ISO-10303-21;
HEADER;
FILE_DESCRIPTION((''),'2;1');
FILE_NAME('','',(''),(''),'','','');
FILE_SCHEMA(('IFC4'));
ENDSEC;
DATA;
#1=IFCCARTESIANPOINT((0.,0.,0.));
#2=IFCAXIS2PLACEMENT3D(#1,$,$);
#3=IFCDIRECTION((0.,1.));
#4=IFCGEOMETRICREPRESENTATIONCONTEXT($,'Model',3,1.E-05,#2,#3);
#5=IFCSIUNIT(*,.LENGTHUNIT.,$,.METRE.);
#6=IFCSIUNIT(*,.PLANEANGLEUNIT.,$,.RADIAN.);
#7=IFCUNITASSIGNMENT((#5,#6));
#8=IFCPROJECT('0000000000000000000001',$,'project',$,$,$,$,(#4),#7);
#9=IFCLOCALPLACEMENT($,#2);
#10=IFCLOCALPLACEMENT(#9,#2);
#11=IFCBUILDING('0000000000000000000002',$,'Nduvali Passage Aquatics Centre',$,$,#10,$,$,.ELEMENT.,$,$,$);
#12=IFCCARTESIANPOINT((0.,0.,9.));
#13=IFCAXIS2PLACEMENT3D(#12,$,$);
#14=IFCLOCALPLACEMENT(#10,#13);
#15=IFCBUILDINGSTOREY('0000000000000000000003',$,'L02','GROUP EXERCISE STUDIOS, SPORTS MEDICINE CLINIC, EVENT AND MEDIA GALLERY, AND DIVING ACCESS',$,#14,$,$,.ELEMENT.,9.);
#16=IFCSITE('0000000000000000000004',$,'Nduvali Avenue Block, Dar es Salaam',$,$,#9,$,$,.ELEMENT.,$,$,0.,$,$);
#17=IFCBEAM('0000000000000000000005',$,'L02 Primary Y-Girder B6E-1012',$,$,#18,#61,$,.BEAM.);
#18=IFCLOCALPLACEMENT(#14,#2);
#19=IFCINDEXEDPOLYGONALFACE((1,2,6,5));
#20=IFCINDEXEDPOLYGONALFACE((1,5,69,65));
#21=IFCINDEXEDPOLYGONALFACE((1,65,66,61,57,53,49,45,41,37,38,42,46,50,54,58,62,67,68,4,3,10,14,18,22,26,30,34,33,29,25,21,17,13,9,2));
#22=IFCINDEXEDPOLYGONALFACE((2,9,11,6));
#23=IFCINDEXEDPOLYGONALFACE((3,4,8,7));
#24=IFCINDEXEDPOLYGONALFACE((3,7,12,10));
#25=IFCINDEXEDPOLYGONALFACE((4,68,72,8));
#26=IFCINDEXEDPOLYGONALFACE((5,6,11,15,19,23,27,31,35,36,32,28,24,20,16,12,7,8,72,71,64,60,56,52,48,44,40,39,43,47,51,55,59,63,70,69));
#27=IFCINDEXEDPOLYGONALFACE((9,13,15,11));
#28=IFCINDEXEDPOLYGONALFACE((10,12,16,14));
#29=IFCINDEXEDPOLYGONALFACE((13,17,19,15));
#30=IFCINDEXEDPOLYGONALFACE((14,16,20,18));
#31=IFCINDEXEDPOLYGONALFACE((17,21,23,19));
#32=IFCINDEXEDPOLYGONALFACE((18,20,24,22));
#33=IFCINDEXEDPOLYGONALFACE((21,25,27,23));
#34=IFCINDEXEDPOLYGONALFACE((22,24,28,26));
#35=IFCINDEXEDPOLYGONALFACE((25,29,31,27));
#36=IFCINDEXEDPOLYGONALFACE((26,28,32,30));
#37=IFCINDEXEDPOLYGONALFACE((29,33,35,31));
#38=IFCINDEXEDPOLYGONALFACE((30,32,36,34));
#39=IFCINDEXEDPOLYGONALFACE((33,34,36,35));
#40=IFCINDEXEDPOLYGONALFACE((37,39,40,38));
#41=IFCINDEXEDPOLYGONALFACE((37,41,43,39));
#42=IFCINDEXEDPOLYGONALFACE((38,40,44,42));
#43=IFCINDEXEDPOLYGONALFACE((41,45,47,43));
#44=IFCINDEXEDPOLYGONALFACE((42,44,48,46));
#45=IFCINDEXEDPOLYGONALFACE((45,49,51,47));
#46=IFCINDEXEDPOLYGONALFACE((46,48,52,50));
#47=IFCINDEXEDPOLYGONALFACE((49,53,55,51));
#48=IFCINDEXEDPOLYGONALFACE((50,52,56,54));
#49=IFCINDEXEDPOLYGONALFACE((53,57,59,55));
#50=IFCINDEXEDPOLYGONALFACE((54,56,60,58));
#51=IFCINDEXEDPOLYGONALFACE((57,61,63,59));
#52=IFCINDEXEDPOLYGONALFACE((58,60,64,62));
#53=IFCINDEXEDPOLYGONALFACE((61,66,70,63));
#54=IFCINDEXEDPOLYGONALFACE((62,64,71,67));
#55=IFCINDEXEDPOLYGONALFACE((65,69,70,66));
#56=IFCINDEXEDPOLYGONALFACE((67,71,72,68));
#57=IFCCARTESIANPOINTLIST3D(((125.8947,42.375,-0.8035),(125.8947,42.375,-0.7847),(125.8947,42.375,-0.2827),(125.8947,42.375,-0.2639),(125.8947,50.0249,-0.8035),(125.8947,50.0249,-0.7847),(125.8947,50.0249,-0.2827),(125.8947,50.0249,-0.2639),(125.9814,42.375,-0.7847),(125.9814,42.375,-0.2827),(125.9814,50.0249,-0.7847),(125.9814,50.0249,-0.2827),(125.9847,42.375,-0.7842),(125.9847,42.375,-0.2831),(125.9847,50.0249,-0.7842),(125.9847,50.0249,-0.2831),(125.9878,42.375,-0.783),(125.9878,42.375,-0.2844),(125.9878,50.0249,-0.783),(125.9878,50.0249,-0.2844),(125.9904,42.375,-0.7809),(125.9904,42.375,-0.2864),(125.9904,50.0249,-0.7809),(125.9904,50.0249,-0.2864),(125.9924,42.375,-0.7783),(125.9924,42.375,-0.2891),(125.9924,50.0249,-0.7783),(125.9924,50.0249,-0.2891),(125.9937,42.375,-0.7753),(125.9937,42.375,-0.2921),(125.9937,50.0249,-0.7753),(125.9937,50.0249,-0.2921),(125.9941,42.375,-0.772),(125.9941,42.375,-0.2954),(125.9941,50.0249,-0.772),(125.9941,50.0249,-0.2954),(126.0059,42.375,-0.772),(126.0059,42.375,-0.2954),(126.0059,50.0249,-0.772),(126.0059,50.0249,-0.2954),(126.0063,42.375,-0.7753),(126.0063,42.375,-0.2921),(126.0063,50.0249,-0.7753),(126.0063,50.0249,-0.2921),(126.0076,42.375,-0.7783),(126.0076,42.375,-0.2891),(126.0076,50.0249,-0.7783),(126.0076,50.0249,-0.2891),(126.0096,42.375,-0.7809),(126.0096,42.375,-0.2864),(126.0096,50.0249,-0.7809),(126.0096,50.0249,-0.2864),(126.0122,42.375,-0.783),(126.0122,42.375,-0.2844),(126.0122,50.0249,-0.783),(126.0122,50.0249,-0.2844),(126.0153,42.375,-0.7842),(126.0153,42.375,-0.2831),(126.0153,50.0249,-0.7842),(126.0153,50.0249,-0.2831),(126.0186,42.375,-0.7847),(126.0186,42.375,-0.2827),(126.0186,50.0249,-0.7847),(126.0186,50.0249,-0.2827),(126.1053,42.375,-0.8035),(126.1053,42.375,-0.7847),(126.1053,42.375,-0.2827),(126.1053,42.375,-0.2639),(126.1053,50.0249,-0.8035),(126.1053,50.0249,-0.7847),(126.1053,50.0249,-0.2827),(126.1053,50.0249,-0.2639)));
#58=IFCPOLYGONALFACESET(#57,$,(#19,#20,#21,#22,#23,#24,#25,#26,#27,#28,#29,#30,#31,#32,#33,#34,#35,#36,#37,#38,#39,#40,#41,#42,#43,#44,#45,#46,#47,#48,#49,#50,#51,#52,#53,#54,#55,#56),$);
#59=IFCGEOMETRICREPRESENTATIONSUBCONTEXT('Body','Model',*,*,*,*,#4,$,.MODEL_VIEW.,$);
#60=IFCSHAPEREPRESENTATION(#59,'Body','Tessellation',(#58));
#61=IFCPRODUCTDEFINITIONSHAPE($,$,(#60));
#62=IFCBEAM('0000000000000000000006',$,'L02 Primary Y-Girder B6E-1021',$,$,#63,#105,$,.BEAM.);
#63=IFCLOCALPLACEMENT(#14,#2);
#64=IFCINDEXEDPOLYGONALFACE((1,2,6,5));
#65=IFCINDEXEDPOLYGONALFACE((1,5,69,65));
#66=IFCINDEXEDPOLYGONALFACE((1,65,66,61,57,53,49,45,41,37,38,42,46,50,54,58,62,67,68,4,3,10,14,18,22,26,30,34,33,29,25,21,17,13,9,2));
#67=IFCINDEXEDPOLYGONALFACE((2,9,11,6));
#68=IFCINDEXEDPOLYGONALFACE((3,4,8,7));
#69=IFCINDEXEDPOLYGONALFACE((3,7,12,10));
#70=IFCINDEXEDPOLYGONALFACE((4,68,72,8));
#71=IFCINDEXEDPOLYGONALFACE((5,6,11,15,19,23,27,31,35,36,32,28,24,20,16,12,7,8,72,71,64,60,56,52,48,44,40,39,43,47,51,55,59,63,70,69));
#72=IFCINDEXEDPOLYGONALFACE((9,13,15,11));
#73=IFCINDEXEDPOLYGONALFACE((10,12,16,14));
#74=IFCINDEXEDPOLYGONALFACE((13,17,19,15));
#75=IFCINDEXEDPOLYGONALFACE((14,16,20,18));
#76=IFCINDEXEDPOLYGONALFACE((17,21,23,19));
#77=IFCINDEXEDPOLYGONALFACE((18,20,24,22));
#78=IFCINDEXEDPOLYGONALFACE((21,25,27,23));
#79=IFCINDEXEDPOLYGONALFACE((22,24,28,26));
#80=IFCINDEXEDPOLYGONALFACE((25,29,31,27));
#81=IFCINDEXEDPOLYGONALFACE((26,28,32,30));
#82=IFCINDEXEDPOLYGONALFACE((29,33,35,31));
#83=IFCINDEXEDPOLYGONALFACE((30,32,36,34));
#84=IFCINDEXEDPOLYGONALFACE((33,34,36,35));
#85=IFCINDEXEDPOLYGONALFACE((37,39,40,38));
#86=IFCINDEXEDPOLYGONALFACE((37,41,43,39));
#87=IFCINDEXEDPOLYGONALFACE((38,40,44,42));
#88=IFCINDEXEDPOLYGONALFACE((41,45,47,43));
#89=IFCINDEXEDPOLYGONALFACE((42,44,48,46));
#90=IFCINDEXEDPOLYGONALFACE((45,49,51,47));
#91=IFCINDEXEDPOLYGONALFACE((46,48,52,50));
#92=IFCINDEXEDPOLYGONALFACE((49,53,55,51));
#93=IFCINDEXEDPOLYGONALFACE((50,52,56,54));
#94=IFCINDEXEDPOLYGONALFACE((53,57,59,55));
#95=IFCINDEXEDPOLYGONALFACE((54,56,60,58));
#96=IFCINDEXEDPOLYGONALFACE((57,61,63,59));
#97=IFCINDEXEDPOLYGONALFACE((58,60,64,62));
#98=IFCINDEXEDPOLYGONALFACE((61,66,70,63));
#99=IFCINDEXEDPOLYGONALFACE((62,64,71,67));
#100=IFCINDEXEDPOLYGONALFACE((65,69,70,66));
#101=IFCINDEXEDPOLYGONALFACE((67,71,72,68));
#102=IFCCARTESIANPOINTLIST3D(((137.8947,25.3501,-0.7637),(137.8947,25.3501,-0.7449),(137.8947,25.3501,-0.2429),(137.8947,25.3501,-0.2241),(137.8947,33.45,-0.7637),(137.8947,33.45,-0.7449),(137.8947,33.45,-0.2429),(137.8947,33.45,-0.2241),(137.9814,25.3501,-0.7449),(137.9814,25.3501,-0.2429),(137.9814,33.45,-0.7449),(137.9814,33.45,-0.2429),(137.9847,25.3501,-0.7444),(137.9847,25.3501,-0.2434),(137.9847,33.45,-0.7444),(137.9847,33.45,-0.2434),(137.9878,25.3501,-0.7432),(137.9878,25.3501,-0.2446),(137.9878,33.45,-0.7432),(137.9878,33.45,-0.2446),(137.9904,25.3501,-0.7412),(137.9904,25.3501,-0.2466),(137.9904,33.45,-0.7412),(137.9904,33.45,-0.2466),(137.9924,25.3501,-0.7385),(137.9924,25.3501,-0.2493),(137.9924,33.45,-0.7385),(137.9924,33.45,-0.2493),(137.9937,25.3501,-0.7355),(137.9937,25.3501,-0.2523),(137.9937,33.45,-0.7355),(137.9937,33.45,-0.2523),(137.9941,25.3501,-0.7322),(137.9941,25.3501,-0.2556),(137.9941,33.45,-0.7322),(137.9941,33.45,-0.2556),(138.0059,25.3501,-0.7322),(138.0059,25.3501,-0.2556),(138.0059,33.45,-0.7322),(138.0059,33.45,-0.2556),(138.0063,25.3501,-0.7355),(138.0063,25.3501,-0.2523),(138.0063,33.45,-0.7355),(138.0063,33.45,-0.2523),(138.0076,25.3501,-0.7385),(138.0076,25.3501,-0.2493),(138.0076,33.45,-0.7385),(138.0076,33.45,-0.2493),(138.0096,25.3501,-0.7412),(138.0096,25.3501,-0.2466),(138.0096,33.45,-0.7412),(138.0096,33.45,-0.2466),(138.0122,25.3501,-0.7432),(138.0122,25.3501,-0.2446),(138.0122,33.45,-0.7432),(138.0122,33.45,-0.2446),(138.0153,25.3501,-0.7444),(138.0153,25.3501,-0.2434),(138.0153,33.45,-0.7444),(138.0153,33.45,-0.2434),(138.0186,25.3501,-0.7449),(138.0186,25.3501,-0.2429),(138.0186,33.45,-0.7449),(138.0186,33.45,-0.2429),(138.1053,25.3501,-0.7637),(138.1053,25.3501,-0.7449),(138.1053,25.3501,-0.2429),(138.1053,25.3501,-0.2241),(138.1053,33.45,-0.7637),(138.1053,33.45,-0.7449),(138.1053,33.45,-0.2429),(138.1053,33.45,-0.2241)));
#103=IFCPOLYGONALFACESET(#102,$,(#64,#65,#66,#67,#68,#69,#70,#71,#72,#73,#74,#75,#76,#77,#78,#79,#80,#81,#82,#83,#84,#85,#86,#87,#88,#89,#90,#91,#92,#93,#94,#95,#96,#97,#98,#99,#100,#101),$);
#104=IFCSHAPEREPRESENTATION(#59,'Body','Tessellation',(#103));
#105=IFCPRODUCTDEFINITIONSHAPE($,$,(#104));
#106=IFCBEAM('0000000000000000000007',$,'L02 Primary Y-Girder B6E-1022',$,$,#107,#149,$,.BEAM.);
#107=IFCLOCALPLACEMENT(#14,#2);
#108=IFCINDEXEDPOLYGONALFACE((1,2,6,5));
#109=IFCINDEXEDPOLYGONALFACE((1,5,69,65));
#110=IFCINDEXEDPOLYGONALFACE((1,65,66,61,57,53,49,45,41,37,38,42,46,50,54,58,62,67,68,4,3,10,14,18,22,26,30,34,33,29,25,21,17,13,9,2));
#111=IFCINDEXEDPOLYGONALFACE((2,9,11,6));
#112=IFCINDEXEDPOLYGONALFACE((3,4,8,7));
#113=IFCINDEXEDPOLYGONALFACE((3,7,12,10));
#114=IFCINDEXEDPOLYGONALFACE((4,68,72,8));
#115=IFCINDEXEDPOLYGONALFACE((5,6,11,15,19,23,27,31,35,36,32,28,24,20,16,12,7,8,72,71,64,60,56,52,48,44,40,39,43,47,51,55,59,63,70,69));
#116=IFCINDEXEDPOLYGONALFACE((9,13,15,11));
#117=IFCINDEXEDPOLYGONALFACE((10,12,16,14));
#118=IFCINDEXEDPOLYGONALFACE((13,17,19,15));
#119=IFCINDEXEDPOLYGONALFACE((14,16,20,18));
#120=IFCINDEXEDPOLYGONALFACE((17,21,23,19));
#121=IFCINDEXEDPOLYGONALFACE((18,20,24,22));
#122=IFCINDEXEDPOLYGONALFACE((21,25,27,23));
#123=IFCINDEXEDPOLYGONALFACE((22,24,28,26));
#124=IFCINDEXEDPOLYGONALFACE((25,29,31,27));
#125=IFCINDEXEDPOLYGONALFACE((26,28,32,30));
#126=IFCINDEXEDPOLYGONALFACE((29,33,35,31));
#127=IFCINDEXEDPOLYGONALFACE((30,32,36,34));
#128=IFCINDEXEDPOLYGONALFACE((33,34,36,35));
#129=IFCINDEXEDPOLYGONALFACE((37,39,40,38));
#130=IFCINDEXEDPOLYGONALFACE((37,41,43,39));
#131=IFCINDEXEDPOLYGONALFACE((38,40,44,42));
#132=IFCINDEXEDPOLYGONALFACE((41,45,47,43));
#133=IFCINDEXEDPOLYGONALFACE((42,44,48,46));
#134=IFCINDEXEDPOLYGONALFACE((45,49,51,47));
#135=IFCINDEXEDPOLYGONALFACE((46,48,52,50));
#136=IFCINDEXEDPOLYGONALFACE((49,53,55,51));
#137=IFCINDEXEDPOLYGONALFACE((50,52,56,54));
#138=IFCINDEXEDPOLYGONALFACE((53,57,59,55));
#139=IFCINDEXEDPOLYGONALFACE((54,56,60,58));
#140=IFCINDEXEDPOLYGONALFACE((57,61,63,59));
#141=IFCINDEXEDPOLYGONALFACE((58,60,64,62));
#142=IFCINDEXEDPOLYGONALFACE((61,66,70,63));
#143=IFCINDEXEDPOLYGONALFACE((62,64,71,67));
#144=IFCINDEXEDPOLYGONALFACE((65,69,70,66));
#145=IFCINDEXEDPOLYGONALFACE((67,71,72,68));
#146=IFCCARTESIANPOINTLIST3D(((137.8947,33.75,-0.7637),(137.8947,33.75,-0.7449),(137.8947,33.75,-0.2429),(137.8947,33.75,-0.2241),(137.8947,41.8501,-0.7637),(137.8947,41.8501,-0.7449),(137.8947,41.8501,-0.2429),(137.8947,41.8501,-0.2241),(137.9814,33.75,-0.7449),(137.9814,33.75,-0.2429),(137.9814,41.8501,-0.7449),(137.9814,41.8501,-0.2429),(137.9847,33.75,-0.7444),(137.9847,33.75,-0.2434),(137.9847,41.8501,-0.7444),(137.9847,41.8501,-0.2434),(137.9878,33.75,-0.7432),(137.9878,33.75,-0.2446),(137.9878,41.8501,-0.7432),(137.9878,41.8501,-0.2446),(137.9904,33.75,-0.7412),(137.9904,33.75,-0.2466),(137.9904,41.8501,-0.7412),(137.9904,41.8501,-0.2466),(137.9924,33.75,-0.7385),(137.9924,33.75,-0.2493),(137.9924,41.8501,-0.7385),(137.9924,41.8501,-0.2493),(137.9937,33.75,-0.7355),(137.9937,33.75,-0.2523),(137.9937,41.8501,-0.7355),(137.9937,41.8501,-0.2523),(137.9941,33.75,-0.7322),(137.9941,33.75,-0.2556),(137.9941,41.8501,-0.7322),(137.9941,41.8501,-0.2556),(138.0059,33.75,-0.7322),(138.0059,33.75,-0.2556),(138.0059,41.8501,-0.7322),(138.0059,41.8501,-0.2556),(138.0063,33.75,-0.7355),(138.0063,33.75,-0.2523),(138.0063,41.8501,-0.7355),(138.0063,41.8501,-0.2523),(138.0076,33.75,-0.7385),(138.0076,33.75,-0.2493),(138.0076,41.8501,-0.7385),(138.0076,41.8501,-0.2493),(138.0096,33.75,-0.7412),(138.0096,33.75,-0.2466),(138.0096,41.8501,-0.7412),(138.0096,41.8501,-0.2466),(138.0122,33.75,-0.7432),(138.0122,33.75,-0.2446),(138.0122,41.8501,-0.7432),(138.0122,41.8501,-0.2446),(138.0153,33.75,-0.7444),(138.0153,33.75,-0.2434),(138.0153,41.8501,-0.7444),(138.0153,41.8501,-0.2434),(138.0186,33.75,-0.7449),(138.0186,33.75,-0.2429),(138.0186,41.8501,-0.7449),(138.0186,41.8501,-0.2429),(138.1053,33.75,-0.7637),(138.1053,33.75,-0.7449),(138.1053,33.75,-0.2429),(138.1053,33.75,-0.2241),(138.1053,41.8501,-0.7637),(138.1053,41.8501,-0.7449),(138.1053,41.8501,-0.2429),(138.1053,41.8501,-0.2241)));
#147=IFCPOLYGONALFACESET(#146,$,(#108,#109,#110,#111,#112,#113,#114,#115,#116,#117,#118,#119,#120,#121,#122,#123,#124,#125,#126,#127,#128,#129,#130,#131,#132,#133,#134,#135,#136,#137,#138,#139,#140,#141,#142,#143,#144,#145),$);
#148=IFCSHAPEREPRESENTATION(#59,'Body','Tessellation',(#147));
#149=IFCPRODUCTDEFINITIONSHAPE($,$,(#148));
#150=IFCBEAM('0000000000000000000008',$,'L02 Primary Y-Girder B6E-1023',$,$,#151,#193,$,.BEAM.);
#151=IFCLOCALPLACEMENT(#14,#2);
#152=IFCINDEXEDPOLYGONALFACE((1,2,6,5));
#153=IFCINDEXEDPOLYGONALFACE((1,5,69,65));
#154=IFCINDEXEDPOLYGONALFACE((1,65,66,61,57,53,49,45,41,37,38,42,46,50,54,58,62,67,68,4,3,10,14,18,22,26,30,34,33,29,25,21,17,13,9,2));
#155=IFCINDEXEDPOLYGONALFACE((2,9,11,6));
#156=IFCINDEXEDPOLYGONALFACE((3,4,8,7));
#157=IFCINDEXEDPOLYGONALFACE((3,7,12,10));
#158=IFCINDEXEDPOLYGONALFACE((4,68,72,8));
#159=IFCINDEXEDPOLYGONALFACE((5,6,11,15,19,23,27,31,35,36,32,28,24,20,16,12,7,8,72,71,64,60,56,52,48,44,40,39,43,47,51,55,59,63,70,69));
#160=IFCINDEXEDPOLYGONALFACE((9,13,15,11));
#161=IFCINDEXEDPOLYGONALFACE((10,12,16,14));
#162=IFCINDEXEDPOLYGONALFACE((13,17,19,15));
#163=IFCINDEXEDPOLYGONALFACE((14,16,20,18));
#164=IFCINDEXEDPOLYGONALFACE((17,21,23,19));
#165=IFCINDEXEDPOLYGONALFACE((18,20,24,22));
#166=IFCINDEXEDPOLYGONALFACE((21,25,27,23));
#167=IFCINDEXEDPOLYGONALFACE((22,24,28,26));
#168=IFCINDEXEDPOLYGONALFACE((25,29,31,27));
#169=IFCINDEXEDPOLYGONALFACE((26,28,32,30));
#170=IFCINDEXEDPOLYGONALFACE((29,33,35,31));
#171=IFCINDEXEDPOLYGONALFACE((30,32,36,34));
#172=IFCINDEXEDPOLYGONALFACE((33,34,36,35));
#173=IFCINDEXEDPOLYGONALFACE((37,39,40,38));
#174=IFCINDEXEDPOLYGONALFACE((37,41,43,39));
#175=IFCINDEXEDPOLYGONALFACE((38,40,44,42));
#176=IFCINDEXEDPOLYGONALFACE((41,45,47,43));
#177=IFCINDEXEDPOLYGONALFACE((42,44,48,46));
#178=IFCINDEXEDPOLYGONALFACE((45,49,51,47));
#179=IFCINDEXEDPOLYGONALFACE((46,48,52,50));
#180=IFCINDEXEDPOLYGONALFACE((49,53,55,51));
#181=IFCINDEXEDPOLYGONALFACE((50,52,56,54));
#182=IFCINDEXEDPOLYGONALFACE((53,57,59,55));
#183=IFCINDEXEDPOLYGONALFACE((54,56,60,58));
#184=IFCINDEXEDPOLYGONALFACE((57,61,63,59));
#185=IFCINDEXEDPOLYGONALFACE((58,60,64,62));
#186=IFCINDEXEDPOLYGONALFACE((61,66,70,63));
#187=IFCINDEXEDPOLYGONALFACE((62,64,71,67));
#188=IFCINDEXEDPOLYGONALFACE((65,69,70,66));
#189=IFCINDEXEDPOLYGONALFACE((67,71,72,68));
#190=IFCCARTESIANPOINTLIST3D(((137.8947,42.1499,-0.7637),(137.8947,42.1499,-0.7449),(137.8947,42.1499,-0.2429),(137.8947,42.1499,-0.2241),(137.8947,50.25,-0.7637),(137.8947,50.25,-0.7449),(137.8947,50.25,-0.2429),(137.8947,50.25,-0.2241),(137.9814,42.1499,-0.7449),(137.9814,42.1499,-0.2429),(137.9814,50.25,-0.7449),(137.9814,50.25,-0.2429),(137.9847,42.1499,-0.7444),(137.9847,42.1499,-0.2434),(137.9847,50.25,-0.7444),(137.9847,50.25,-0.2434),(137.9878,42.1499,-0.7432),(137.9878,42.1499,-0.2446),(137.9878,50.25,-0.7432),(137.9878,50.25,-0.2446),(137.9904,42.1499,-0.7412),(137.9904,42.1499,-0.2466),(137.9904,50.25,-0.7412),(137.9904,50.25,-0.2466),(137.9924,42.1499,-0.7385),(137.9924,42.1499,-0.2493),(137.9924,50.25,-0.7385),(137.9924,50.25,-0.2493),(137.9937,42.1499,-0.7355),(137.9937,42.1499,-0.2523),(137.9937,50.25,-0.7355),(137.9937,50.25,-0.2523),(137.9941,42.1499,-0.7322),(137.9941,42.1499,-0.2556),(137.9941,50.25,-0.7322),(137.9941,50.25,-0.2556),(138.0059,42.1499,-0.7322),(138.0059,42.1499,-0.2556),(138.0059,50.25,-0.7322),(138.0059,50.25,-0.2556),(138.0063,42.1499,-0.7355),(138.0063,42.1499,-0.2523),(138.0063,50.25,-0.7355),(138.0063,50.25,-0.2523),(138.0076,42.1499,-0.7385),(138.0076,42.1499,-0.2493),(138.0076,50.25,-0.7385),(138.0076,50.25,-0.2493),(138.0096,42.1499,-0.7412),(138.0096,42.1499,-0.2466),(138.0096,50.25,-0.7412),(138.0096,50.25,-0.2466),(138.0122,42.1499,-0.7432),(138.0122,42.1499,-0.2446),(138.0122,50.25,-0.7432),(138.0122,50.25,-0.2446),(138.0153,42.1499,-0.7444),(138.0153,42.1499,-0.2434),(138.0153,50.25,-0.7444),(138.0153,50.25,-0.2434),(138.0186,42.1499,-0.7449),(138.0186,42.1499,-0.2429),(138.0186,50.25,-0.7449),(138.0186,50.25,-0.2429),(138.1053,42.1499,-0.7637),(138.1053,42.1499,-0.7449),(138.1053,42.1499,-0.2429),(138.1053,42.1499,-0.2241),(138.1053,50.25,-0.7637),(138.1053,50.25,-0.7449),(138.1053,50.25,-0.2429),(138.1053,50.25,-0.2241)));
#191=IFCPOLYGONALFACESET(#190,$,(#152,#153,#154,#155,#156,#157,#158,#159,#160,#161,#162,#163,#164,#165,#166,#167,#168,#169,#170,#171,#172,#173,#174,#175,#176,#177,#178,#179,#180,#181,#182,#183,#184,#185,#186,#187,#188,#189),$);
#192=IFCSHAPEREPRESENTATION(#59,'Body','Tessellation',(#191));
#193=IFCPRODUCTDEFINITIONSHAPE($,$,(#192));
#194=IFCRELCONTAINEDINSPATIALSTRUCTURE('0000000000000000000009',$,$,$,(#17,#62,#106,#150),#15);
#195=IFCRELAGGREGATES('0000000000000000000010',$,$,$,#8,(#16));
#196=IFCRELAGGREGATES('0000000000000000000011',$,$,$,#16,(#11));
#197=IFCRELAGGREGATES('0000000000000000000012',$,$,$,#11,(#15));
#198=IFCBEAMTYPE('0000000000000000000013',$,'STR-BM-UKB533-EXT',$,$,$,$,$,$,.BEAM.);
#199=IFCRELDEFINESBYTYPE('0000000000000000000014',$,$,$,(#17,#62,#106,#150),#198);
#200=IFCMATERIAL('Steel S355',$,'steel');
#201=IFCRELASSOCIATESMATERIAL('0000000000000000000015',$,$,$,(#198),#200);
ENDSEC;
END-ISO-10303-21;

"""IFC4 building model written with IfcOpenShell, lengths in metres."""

from ifc_helpers import new_model, si_unit, direction, frame, origin, origin_2d, place, context, subcontext, project, spatial, i_section, extrude, material, material_profile, profile_set, type_object, element, save


model = new_model("IFC4")

# Units and contexts
model_context = context("Model", 3, precision=1e-05, world=origin(), true_north=direction((0.0, 1.0)))
body_context = subcontext(model_context, "Body", "Model", "MODEL_VIEW")
ifc_project = project(units=[si_unit("LENGTHUNIT", "METRE"), si_unit("PLANEANGLEUNIT", "RADIAN")], contexts=[model_context])

# Site, building, storey
site_placement = place(None, origin())
site = spatial("IfcSite", under=ifc_project, at=site_placement, Name="Nduvali Avenue Block, Dar es Salaam", CompositionType="ELEMENT", RefElevation=0.0)
building_placement = place(site_placement, origin())
building = spatial("IfcBuilding", under=site, at=building_placement, Name="Nduvali Passage Aquatics Centre", CompositionType="ELEMENT")
storey_placement = place(building_placement, frame((0.0, 0.0, 9.0)))
storey = spatial("IfcBuildingStorey", under=building, at=storey_placement, Name="L02", Description="GROUP EXERCISE STUDIOS, SPORTS MEDICINE CLINIC, EVENT AND MEDIA GALLERY, AND DIVING ACCESS", CompositionType="ELEMENT", Elevation=9.0)

# Beams
ifc_material_1 = material(Name="Steel S355", Category="steel")
ifc_material_profile_1 = material_profile(ifc_material_1, i_section(OverallWidth=0.2107, OverallDepth=0.5396, WebThickness=0.0117, FlangeThickness=0.0188, FilletRadius=0.0127, at=origin_2d()), Name="UKB 533x210x109")
ifc_profile_set_1 = profile_set([ifc_material_profile_1], Name="Steel S355")
beam_type_1 = type_object("IfcBeamType", Name="STR-BM-UKB533-EXT", PredefinedType="BEAM", material=ifc_profile_set_1)
beam_1_placement = place(storey_placement, frame((126.0, 42.375, -0.5337), z_axis=(0.0, 1.0, 0.0), x_axis=(-1.0, 0.0, 0.0)))
element("IfcBeam", 1, at=beam_1_placement, inside=storey, type_object=beam_type_1, Name="L02 Primary Y-Girder B6E-1012", PredefinedType="BEAM", context=body_context, shape_type="SweptSolid", body=[
    extrude(i_section(OverallWidth=0.2107, OverallDepth=0.5396, WebThickness=0.0117, FlangeThickness=0.0188, FilletRadius=0.0127, at=origin_2d()), origin(), (0.0, 0.0, 1.0), 7.6499),
])
beam_2_placement = place(storey_placement, frame((138.0, 25.3501, -0.4939), z_axis=(0.0, 1.0, 0.0), x_axis=(-1.0, 0.0, 0.0)))
element("IfcBeam", 2, at=beam_2_placement, inside=storey, type_object=beam_type_1, Name="L02 Primary Y-Girder B6E-1021", PredefinedType="BEAM", context=body_context, shape_type="SweptSolid", body=[
    extrude(i_section(OverallWidth=0.2107, OverallDepth=0.5396, WebThickness=0.0117, FlangeThickness=0.0188, FilletRadius=0.0127, at=origin_2d()), origin(), (0.0, 0.0, 1.0), 8.0999),
])
for number, where, z_axis, x_axis, name in (
    (3, (138.0, 33.75, -0.4939), (0.0, 1.0, 0.0), (-1.0, 0.0, 0.0), "L02 Primary Y-Girder B6E-1022"),
    (4, (138.0, 42.1499, -0.4939), (0.0, 1.0, 0.0), (-1.0, 0.0, 0.0), "L02 Primary Y-Girder B6E-1023"),
):
    element("IfcBeam", number, at=place(storey_placement, frame(where, z_axis=z_axis, x_axis=x_axis)), inside=storey, type_object=beam_type_1, Name=name, PredefinedType="BEAM", context=body_context, shape_type="SweptSolid", body=[
        extrude(i_section(OverallWidth=0.2107, OverallDepth=0.5396, WebThickness=0.0117, FlangeThickness=0.0188, FilletRadius=0.0127, at=origin_2d()), origin(), (0.0, 0.0, 1.0), 8.1001),
    ])

save(model, "model.ifc")
